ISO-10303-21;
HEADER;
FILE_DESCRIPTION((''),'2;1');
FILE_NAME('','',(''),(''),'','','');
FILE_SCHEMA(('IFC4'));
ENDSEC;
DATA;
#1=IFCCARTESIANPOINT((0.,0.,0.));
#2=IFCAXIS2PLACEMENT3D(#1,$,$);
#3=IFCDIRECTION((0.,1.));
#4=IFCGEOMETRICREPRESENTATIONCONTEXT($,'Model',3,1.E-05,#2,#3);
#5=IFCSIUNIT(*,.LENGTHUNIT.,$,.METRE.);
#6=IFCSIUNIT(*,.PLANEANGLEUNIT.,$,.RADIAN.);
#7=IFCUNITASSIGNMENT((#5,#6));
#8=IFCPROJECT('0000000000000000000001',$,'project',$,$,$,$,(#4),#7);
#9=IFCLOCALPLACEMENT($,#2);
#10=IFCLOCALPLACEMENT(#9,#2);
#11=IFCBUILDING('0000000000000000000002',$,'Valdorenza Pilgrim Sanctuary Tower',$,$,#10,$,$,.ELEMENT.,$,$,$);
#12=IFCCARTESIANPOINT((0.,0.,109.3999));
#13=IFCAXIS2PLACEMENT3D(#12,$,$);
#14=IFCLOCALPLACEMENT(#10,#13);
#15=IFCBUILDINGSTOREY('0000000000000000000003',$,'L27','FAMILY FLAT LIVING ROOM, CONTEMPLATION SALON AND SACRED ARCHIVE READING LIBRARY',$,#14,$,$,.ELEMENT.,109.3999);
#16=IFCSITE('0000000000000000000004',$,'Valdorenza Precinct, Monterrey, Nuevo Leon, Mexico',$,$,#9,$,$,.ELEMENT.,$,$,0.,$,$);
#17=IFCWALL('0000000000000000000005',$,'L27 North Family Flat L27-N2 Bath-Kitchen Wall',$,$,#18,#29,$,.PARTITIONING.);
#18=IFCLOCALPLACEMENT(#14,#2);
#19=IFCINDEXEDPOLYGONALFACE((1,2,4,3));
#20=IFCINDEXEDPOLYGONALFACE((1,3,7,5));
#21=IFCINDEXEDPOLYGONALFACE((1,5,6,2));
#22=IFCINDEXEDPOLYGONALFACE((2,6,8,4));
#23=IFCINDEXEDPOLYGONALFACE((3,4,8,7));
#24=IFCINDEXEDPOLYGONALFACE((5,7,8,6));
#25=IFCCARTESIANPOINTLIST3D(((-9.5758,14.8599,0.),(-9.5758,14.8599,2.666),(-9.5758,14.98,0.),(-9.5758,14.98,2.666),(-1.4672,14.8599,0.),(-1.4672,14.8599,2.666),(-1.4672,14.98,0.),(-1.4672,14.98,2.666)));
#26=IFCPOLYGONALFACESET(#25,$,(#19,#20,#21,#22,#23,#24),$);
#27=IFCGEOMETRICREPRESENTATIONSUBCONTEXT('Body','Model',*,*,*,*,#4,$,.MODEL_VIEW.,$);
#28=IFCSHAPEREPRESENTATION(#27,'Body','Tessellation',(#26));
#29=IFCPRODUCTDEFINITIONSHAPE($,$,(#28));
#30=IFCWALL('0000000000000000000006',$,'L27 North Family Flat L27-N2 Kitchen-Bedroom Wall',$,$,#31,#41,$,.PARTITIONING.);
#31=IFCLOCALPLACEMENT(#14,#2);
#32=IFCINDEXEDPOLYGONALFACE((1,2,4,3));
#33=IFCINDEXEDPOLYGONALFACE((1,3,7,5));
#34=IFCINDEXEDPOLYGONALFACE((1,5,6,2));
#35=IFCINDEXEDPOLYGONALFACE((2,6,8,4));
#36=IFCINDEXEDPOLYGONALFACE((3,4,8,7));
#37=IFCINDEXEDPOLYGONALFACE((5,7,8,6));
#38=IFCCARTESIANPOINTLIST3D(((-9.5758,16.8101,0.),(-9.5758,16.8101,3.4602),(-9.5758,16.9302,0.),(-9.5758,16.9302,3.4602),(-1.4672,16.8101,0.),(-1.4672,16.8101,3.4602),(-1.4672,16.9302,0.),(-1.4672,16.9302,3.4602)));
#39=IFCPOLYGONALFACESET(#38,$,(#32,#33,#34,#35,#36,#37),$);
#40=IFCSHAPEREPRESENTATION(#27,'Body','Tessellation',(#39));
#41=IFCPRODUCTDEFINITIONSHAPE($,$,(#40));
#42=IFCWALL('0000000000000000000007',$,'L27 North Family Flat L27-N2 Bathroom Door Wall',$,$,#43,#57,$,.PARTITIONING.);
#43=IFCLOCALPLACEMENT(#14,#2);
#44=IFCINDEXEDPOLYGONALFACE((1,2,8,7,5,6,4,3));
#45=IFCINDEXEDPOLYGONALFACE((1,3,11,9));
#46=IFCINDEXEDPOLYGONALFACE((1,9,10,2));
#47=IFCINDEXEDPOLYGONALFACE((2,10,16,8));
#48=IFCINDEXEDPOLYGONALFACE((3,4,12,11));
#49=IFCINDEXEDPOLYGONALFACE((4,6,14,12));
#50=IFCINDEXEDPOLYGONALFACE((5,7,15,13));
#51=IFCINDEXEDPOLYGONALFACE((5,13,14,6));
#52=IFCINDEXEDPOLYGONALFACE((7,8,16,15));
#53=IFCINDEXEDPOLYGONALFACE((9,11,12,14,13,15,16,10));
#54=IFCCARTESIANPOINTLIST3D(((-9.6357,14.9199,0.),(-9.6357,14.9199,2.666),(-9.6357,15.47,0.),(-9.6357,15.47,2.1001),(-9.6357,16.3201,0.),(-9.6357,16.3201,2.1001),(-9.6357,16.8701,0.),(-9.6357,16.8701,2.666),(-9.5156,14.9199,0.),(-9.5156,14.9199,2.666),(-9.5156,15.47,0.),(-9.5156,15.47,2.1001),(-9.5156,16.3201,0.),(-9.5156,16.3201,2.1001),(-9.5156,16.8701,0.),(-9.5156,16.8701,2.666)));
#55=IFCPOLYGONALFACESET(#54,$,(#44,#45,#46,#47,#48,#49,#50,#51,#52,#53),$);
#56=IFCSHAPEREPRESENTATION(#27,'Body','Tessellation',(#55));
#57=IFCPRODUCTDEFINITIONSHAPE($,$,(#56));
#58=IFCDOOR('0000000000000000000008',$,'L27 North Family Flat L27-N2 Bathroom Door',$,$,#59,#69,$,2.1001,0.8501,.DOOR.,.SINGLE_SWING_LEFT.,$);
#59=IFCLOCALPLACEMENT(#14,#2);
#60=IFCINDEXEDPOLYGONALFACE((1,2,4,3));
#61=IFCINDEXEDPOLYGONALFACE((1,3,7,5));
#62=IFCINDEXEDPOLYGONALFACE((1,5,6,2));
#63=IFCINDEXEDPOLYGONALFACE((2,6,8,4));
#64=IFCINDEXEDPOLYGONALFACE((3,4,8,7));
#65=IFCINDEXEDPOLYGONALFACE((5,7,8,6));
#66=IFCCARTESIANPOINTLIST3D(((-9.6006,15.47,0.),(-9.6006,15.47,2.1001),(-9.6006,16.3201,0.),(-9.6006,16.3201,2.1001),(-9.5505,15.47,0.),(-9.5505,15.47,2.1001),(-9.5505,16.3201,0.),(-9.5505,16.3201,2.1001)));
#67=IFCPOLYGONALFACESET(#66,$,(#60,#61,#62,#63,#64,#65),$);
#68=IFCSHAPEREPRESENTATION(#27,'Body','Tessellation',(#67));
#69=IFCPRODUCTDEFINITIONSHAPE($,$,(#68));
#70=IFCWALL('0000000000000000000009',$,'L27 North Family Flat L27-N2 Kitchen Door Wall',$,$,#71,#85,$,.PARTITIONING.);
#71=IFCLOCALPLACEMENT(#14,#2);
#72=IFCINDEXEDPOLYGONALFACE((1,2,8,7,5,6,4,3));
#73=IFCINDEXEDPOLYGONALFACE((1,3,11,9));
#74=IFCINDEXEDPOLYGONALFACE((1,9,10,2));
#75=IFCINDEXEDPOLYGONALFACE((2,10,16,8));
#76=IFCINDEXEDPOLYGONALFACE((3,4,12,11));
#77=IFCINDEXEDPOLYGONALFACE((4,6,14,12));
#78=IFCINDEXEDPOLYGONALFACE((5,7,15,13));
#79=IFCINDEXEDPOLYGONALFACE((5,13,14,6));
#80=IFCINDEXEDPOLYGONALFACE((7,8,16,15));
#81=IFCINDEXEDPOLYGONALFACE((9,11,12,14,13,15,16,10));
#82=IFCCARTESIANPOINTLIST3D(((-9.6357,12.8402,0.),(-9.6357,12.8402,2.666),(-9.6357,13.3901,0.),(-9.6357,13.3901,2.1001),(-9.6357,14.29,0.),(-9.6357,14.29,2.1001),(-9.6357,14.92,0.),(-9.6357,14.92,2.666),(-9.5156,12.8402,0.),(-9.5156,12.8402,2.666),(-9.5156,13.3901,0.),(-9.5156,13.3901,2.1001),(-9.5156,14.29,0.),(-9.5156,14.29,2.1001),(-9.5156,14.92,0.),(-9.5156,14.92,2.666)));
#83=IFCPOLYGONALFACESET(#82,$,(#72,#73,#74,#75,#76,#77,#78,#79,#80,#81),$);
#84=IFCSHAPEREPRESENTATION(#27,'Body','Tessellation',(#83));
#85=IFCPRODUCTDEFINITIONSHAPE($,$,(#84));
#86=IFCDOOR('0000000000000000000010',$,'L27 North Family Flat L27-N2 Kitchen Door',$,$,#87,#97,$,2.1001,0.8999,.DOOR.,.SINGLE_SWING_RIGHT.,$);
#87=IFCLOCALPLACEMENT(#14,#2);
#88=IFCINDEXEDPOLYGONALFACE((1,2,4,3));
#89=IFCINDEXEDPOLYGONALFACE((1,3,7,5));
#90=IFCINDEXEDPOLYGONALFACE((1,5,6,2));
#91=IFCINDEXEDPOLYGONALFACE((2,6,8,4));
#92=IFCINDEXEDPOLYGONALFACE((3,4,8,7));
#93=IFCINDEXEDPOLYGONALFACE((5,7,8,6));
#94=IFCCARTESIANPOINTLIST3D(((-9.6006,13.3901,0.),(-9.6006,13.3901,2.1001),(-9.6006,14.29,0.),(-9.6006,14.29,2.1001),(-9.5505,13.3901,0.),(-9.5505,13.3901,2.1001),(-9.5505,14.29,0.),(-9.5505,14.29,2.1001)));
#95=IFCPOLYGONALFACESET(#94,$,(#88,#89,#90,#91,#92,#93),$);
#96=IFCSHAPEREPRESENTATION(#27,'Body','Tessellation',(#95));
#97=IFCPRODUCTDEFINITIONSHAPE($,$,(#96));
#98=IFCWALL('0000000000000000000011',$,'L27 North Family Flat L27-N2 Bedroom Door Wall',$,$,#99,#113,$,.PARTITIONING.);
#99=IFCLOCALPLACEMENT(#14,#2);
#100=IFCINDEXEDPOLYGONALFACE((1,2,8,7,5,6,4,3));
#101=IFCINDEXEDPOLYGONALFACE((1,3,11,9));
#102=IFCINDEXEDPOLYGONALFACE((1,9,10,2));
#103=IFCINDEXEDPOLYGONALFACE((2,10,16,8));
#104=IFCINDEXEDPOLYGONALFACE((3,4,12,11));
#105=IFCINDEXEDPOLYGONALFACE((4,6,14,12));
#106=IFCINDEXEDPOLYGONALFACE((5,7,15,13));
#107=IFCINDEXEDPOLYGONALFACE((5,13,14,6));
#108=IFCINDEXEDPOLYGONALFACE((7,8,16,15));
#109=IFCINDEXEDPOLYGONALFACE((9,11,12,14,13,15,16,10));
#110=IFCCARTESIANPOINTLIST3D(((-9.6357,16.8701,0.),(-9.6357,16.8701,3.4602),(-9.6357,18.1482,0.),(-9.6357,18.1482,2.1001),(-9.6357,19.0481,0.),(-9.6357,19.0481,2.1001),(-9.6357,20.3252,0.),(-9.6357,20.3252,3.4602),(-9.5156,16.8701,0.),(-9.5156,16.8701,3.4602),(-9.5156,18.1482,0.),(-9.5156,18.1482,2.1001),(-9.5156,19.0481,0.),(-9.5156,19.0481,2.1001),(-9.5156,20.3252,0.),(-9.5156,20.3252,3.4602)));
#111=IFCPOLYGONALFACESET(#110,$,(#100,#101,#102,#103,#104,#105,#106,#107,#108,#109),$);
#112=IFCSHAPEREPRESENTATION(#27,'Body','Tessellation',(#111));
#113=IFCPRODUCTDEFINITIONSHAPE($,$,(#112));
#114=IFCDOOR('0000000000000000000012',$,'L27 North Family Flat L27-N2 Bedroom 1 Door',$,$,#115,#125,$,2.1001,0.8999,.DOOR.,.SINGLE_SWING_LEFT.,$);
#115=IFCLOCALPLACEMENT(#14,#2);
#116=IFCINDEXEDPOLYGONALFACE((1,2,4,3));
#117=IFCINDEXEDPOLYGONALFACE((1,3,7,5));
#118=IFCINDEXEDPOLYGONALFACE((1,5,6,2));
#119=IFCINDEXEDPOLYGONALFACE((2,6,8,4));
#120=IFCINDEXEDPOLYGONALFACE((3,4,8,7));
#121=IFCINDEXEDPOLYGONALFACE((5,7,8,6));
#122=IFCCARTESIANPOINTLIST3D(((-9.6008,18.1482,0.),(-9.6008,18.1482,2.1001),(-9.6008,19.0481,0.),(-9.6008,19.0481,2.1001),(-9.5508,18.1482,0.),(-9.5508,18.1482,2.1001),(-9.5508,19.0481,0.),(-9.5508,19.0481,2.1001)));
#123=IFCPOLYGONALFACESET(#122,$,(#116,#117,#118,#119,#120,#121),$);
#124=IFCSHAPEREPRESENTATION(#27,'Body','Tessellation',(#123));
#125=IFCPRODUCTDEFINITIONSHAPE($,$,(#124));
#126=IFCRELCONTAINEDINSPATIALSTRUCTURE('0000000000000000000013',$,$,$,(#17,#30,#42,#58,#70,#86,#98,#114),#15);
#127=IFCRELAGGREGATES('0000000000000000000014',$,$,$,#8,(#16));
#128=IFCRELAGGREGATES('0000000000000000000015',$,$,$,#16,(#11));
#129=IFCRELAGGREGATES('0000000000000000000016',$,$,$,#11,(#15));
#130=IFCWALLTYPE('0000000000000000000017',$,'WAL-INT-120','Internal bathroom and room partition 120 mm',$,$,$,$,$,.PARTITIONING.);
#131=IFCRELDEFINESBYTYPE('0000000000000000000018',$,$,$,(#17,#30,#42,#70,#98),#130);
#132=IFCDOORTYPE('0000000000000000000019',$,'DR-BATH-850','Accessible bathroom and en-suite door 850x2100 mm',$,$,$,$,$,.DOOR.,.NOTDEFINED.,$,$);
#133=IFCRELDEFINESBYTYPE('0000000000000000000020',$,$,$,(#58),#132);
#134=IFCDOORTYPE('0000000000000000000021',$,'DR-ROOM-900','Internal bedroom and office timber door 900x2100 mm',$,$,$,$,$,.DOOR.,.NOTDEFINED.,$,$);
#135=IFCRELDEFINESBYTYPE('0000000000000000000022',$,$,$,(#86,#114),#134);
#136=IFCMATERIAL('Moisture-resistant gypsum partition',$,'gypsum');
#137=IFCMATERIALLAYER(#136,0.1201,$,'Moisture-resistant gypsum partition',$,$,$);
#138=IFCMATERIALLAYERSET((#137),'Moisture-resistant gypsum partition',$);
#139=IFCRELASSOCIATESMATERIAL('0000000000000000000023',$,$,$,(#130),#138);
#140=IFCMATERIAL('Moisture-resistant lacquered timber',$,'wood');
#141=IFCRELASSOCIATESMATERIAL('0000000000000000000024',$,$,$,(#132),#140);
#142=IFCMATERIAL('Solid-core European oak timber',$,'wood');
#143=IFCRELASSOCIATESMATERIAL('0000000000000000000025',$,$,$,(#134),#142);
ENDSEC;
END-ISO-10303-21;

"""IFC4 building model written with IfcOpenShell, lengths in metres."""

from ifc_helpers import new_model, si_unit, direction, frame, frame_2d, origin, place, context, subcontext, project, spatial, rectangle, extrude, material, layer, layer_set, type_object, element, fill, save


model = new_model("IFC4")

# Units and contexts
model_context = context("Model", 3, precision=1e-05, world=origin(), true_north=direction((0.0, 1.0)))
body_context = subcontext(model_context, "Body", "Model", "MODEL_VIEW")
ifc_project = project(units=[si_unit("LENGTHUNIT", "METRE"), si_unit("PLANEANGLEUNIT", "RADIAN")], contexts=[model_context])

# Site, building, storey
site_placement = place(None, origin())
site = spatial("IfcSite", under=ifc_project, at=site_placement, Name="Valdorenza Precinct, Monterrey, Nuevo Leon, Mexico", CompositionType="ELEMENT", RefElevation=0.0)
building_placement = place(site_placement, origin())
building = spatial("IfcBuilding", under=site, at=building_placement, Name="Valdorenza Pilgrim Sanctuary Tower", CompositionType="ELEMENT")
storey_placement = place(building_placement, frame((0.0, 0.0, 109.3999)))
storey = spatial("IfcBuildingStorey", under=building, at=storey_placement, Name="L27", Description="FAMILY FLAT LIVING ROOM, CONTEMPLATION SALON AND SACRED ARCHIVE READING LIBRARY", CompositionType="ELEMENT", Elevation=109.3999)

# Walls
ifc_material_1 = material(Name="Moisture-resistant gypsum partition", Category="gypsum")
ifc_layer_1 = layer(ifc_material_1, 0.1201, Name="Moisture-resistant gypsum partition")
ifc_layer_set_1 = layer_set([ifc_layer_1], Name="Moisture-resistant gypsum partition")
wall_type_1 = type_object("IfcWallType", Name="WAL-INT-120", Description="Internal bathroom and room partition 120 mm", PredefinedType="PARTITIONING", material=ifc_layer_set_1)
wall_1_placement = place(storey_placement, frame((-9.5757, 14.9199, 0.0), z_axis=(0.0, 0.0, 1.0), x_axis=(1.0, 0.0, 0.0)))
element("IfcWall", 1, at=wall_1_placement, inside=storey, type_object=wall_type_1, Name="L27 North Family Flat L27-N2 Bath-Kitchen Wall", PredefinedType="PARTITIONING", context=body_context, shape_type="SweptSolid", body=[
    extrude(rectangle(XDim=8.1086, YDim=0.1201, at=frame_2d((4.0542, 0.0))), origin(), (0.0, 0.0, 1.0), 2.666),
])
wall_2_placement = place(storey_placement, frame((-9.5757, 16.8701, 0.0), z_axis=(0.0, 0.0, 1.0), x_axis=(1.0, 0.0, 0.0)))
element("IfcWall", 2, at=wall_2_placement, inside=storey, type_object=wall_type_1, Name="L27 North Family Flat L27-N2 Kitchen-Bedroom Wall", PredefinedType="PARTITIONING", context=body_context, shape_type="SweptSolid", body=[
    extrude(rectangle(XDim=8.1086, YDim=0.1201, at=frame_2d((4.0542, 0.0))), origin(), (0.0, 0.0, 1.0), 3.4602),
])

# Walls, openings, doors
wall_3_placement = place(storey_placement, frame((-9.5757, 14.9199, 0.0), z_axis=(0.0, 0.0, 1.0), x_axis=(0.0, 1.0, 0.0)))
wall_3 = element("IfcWall", 3, at=wall_3_placement, inside=storey, type_object=wall_type_1, Name="L27 North Family Flat L27-N2 Bathroom Door Wall", PredefinedType="PARTITIONING", context=body_context, shape_type="SweptSolid", body=[
    extrude(rectangle(XDim=1.9502, YDim=0.1201, at=frame_2d((0.9751, 0.0))), origin(), (0.0, 0.0, 1.0), 2.666),
])
opening_1_placement = place(wall_3_placement, frame((0.55, 0.0, 0.0)))
opening_1 = element("IfcOpeningElement", 4, at=opening_1_placement, cuts=wall_3, PredefinedType="OPENING", context=body_context, shape_type="SweptSolid", body=[
    extrude(rectangle(XDim=0.8501, YDim=2.1001, at=frame_2d((0.425, 1.05))), frame((0.0, 0.075, 0.0), z_axis=(0.0, -1.0, 0.0), x_axis=(1.0, 0.0, 0.0)), (0.0, 0.0, 1.0), 0.1499),
])
ifc_material_2 = material(Name="Moisture-resistant lacquered timber", Category="wood")
door_type_1 = type_object("IfcDoorType", Name="DR-BATH-850", Description="Accessible bathroom and en-suite door 850x2100 mm", OperationType="NOTDEFINED", PredefinedType="DOOR", material=ifc_material_2)
door_1_placement = place(opening_1_placement, origin())
door_1 = element("IfcDoor", 5, at=door_1_placement, inside=storey, type_object=door_type_1, Name="L27 North Family Flat L27-N2 Bathroom Door", OperationType="SINGLE_SWING_LEFT", OverallHeight=2.1001, OverallWidth=0.8501, PredefinedType="DOOR", context=body_context, shape_type="SweptSolid", body=[
    extrude(rectangle(XDim=0.8501, YDim=2.1001, at=frame_2d((0.425, 1.05))), frame((0.0, 0.0249, 0.0), z_axis=(0.0, -1.0, 0.0), x_axis=(1.0, 0.0, 0.0)), (0.0, 0.0, 1.0), 0.05),
])
fill(opening_1, door_1)
wall_4_placement = place(storey_placement, frame((-9.5757, 12.8401, 0.0), z_axis=(0.0, 0.0, 1.0), x_axis=(0.0, 1.0, 0.0)))
wall_4 = element("IfcWall", 6, at=wall_4_placement, inside=storey, type_object=wall_type_1, Name="L27 North Family Flat L27-N2 Kitchen Door Wall", PredefinedType="PARTITIONING", context=body_context, shape_type="SweptSolid", body=[
    extrude(rectangle(XDim=2.0798, YDim=0.1201, at=frame_2d((1.04, 0.0))), origin(), (0.0, 0.0, 1.0), 2.666),
])
opening_2_placement = place(wall_4_placement, frame((0.55, 0.0, 0.0)))
opening_2 = element("IfcOpeningElement", 7, at=opening_2_placement, cuts=wall_4, PredefinedType="OPENING", context=body_context, shape_type="SweptSolid", body=[
    extrude(rectangle(XDim=0.8999, YDim=2.1001, at=frame_2d((0.45, 1.05))), frame((0.0, 0.075, 0.0), z_axis=(0.0, -1.0, 0.0), x_axis=(1.0, 0.0, 0.0)), (0.0, 0.0, 1.0), 0.1499),
])
ifc_material_3 = material(Name="Solid-core European oak timber", Category="wood")
door_type_2 = type_object("IfcDoorType", Name="DR-ROOM-900", Description="Internal bedroom and office timber door 900x2100 mm", OperationType="NOTDEFINED", PredefinedType="DOOR", material=ifc_material_3)
door_2_placement = place(opening_2_placement, origin())
door_2 = element("IfcDoor", 8, at=door_2_placement, inside=storey, type_object=door_type_2, Name="L27 North Family Flat L27-N2 Kitchen Door", OperationType="SINGLE_SWING_RIGHT", OverallHeight=2.1001, OverallWidth=0.8999, PredefinedType="DOOR", context=body_context, shape_type="SweptSolid", body=[
    extrude(rectangle(XDim=0.8999, YDim=2.1001, at=frame_2d((0.45, 1.05))), frame((0.0, 0.0249, 0.0), z_axis=(0.0, -1.0, 0.0), x_axis=(1.0, 0.0, 0.0)), (0.0, 0.0, 1.0), 0.05),
])
fill(opening_2, door_2)
wall_5_placement = place(storey_placement, frame((-9.5757, 16.8701, 0.0), z_axis=(0.0, 0.0, 1.0), x_axis=(0.0, 1.0, 0.0)))
wall_5 = element("IfcWall", 9, at=wall_5_placement, inside=storey, type_object=wall_type_1, Name="L27 North Family Flat L27-N2 Bedroom Door Wall", PredefinedType="PARTITIONING", context=body_context, shape_type="SweptSolid", body=[
    extrude(rectangle(XDim=3.4551, YDim=0.1201, at=frame_2d((1.7275, 0.0))), origin(), (0.0, 0.0, 1.0), 3.4602),
])
opening_3_placement = place(wall_5_placement, frame((1.2781, 0.0, 0.0)))
opening_3 = element("IfcOpeningElement", 10, at=opening_3_placement, cuts=wall_5, PredefinedType="OPENING", context=body_context, shape_type="SweptSolid", body=[
    extrude(rectangle(XDim=0.8999, YDim=2.1001, at=frame_2d((0.45, 1.05))), frame((0.0, 0.075, 0.0), z_axis=(0.0, -1.0, 0.0), x_axis=(1.0, 0.0, 0.0)), (0.0, 0.0, 1.0), 0.1499),
])
door_3_placement = place(opening_3_placement, frame((0.8999, 0.0, 0.0), z_axis=(0.0, 0.0, 1.0), x_axis=(-1.0, 0.0, 0.0)))
door_3 = element("IfcDoor", 11, at=door_3_placement, inside=storey, type_object=door_type_2, Name="L27 North Family Flat L27-N2 Bedroom 1 Door", OperationType="SINGLE_SWING_LEFT", OverallHeight=2.1001, OverallWidth=0.8999, PredefinedType="DOOR", context=body_context, shape_type="SweptSolid", body=[
    extrude(rectangle(XDim=0.8999, YDim=2.1001, at=frame_2d((0.45, 1.05))), frame((0.0, 0.0249, 0.0), z_axis=(0.0, -1.0, 0.0), x_axis=(1.0, 0.0, 0.0)), (0.0, 0.0, 1.0), 0.05),
])
fill(opening_3, door_3)

save(model, "model.ifc")
